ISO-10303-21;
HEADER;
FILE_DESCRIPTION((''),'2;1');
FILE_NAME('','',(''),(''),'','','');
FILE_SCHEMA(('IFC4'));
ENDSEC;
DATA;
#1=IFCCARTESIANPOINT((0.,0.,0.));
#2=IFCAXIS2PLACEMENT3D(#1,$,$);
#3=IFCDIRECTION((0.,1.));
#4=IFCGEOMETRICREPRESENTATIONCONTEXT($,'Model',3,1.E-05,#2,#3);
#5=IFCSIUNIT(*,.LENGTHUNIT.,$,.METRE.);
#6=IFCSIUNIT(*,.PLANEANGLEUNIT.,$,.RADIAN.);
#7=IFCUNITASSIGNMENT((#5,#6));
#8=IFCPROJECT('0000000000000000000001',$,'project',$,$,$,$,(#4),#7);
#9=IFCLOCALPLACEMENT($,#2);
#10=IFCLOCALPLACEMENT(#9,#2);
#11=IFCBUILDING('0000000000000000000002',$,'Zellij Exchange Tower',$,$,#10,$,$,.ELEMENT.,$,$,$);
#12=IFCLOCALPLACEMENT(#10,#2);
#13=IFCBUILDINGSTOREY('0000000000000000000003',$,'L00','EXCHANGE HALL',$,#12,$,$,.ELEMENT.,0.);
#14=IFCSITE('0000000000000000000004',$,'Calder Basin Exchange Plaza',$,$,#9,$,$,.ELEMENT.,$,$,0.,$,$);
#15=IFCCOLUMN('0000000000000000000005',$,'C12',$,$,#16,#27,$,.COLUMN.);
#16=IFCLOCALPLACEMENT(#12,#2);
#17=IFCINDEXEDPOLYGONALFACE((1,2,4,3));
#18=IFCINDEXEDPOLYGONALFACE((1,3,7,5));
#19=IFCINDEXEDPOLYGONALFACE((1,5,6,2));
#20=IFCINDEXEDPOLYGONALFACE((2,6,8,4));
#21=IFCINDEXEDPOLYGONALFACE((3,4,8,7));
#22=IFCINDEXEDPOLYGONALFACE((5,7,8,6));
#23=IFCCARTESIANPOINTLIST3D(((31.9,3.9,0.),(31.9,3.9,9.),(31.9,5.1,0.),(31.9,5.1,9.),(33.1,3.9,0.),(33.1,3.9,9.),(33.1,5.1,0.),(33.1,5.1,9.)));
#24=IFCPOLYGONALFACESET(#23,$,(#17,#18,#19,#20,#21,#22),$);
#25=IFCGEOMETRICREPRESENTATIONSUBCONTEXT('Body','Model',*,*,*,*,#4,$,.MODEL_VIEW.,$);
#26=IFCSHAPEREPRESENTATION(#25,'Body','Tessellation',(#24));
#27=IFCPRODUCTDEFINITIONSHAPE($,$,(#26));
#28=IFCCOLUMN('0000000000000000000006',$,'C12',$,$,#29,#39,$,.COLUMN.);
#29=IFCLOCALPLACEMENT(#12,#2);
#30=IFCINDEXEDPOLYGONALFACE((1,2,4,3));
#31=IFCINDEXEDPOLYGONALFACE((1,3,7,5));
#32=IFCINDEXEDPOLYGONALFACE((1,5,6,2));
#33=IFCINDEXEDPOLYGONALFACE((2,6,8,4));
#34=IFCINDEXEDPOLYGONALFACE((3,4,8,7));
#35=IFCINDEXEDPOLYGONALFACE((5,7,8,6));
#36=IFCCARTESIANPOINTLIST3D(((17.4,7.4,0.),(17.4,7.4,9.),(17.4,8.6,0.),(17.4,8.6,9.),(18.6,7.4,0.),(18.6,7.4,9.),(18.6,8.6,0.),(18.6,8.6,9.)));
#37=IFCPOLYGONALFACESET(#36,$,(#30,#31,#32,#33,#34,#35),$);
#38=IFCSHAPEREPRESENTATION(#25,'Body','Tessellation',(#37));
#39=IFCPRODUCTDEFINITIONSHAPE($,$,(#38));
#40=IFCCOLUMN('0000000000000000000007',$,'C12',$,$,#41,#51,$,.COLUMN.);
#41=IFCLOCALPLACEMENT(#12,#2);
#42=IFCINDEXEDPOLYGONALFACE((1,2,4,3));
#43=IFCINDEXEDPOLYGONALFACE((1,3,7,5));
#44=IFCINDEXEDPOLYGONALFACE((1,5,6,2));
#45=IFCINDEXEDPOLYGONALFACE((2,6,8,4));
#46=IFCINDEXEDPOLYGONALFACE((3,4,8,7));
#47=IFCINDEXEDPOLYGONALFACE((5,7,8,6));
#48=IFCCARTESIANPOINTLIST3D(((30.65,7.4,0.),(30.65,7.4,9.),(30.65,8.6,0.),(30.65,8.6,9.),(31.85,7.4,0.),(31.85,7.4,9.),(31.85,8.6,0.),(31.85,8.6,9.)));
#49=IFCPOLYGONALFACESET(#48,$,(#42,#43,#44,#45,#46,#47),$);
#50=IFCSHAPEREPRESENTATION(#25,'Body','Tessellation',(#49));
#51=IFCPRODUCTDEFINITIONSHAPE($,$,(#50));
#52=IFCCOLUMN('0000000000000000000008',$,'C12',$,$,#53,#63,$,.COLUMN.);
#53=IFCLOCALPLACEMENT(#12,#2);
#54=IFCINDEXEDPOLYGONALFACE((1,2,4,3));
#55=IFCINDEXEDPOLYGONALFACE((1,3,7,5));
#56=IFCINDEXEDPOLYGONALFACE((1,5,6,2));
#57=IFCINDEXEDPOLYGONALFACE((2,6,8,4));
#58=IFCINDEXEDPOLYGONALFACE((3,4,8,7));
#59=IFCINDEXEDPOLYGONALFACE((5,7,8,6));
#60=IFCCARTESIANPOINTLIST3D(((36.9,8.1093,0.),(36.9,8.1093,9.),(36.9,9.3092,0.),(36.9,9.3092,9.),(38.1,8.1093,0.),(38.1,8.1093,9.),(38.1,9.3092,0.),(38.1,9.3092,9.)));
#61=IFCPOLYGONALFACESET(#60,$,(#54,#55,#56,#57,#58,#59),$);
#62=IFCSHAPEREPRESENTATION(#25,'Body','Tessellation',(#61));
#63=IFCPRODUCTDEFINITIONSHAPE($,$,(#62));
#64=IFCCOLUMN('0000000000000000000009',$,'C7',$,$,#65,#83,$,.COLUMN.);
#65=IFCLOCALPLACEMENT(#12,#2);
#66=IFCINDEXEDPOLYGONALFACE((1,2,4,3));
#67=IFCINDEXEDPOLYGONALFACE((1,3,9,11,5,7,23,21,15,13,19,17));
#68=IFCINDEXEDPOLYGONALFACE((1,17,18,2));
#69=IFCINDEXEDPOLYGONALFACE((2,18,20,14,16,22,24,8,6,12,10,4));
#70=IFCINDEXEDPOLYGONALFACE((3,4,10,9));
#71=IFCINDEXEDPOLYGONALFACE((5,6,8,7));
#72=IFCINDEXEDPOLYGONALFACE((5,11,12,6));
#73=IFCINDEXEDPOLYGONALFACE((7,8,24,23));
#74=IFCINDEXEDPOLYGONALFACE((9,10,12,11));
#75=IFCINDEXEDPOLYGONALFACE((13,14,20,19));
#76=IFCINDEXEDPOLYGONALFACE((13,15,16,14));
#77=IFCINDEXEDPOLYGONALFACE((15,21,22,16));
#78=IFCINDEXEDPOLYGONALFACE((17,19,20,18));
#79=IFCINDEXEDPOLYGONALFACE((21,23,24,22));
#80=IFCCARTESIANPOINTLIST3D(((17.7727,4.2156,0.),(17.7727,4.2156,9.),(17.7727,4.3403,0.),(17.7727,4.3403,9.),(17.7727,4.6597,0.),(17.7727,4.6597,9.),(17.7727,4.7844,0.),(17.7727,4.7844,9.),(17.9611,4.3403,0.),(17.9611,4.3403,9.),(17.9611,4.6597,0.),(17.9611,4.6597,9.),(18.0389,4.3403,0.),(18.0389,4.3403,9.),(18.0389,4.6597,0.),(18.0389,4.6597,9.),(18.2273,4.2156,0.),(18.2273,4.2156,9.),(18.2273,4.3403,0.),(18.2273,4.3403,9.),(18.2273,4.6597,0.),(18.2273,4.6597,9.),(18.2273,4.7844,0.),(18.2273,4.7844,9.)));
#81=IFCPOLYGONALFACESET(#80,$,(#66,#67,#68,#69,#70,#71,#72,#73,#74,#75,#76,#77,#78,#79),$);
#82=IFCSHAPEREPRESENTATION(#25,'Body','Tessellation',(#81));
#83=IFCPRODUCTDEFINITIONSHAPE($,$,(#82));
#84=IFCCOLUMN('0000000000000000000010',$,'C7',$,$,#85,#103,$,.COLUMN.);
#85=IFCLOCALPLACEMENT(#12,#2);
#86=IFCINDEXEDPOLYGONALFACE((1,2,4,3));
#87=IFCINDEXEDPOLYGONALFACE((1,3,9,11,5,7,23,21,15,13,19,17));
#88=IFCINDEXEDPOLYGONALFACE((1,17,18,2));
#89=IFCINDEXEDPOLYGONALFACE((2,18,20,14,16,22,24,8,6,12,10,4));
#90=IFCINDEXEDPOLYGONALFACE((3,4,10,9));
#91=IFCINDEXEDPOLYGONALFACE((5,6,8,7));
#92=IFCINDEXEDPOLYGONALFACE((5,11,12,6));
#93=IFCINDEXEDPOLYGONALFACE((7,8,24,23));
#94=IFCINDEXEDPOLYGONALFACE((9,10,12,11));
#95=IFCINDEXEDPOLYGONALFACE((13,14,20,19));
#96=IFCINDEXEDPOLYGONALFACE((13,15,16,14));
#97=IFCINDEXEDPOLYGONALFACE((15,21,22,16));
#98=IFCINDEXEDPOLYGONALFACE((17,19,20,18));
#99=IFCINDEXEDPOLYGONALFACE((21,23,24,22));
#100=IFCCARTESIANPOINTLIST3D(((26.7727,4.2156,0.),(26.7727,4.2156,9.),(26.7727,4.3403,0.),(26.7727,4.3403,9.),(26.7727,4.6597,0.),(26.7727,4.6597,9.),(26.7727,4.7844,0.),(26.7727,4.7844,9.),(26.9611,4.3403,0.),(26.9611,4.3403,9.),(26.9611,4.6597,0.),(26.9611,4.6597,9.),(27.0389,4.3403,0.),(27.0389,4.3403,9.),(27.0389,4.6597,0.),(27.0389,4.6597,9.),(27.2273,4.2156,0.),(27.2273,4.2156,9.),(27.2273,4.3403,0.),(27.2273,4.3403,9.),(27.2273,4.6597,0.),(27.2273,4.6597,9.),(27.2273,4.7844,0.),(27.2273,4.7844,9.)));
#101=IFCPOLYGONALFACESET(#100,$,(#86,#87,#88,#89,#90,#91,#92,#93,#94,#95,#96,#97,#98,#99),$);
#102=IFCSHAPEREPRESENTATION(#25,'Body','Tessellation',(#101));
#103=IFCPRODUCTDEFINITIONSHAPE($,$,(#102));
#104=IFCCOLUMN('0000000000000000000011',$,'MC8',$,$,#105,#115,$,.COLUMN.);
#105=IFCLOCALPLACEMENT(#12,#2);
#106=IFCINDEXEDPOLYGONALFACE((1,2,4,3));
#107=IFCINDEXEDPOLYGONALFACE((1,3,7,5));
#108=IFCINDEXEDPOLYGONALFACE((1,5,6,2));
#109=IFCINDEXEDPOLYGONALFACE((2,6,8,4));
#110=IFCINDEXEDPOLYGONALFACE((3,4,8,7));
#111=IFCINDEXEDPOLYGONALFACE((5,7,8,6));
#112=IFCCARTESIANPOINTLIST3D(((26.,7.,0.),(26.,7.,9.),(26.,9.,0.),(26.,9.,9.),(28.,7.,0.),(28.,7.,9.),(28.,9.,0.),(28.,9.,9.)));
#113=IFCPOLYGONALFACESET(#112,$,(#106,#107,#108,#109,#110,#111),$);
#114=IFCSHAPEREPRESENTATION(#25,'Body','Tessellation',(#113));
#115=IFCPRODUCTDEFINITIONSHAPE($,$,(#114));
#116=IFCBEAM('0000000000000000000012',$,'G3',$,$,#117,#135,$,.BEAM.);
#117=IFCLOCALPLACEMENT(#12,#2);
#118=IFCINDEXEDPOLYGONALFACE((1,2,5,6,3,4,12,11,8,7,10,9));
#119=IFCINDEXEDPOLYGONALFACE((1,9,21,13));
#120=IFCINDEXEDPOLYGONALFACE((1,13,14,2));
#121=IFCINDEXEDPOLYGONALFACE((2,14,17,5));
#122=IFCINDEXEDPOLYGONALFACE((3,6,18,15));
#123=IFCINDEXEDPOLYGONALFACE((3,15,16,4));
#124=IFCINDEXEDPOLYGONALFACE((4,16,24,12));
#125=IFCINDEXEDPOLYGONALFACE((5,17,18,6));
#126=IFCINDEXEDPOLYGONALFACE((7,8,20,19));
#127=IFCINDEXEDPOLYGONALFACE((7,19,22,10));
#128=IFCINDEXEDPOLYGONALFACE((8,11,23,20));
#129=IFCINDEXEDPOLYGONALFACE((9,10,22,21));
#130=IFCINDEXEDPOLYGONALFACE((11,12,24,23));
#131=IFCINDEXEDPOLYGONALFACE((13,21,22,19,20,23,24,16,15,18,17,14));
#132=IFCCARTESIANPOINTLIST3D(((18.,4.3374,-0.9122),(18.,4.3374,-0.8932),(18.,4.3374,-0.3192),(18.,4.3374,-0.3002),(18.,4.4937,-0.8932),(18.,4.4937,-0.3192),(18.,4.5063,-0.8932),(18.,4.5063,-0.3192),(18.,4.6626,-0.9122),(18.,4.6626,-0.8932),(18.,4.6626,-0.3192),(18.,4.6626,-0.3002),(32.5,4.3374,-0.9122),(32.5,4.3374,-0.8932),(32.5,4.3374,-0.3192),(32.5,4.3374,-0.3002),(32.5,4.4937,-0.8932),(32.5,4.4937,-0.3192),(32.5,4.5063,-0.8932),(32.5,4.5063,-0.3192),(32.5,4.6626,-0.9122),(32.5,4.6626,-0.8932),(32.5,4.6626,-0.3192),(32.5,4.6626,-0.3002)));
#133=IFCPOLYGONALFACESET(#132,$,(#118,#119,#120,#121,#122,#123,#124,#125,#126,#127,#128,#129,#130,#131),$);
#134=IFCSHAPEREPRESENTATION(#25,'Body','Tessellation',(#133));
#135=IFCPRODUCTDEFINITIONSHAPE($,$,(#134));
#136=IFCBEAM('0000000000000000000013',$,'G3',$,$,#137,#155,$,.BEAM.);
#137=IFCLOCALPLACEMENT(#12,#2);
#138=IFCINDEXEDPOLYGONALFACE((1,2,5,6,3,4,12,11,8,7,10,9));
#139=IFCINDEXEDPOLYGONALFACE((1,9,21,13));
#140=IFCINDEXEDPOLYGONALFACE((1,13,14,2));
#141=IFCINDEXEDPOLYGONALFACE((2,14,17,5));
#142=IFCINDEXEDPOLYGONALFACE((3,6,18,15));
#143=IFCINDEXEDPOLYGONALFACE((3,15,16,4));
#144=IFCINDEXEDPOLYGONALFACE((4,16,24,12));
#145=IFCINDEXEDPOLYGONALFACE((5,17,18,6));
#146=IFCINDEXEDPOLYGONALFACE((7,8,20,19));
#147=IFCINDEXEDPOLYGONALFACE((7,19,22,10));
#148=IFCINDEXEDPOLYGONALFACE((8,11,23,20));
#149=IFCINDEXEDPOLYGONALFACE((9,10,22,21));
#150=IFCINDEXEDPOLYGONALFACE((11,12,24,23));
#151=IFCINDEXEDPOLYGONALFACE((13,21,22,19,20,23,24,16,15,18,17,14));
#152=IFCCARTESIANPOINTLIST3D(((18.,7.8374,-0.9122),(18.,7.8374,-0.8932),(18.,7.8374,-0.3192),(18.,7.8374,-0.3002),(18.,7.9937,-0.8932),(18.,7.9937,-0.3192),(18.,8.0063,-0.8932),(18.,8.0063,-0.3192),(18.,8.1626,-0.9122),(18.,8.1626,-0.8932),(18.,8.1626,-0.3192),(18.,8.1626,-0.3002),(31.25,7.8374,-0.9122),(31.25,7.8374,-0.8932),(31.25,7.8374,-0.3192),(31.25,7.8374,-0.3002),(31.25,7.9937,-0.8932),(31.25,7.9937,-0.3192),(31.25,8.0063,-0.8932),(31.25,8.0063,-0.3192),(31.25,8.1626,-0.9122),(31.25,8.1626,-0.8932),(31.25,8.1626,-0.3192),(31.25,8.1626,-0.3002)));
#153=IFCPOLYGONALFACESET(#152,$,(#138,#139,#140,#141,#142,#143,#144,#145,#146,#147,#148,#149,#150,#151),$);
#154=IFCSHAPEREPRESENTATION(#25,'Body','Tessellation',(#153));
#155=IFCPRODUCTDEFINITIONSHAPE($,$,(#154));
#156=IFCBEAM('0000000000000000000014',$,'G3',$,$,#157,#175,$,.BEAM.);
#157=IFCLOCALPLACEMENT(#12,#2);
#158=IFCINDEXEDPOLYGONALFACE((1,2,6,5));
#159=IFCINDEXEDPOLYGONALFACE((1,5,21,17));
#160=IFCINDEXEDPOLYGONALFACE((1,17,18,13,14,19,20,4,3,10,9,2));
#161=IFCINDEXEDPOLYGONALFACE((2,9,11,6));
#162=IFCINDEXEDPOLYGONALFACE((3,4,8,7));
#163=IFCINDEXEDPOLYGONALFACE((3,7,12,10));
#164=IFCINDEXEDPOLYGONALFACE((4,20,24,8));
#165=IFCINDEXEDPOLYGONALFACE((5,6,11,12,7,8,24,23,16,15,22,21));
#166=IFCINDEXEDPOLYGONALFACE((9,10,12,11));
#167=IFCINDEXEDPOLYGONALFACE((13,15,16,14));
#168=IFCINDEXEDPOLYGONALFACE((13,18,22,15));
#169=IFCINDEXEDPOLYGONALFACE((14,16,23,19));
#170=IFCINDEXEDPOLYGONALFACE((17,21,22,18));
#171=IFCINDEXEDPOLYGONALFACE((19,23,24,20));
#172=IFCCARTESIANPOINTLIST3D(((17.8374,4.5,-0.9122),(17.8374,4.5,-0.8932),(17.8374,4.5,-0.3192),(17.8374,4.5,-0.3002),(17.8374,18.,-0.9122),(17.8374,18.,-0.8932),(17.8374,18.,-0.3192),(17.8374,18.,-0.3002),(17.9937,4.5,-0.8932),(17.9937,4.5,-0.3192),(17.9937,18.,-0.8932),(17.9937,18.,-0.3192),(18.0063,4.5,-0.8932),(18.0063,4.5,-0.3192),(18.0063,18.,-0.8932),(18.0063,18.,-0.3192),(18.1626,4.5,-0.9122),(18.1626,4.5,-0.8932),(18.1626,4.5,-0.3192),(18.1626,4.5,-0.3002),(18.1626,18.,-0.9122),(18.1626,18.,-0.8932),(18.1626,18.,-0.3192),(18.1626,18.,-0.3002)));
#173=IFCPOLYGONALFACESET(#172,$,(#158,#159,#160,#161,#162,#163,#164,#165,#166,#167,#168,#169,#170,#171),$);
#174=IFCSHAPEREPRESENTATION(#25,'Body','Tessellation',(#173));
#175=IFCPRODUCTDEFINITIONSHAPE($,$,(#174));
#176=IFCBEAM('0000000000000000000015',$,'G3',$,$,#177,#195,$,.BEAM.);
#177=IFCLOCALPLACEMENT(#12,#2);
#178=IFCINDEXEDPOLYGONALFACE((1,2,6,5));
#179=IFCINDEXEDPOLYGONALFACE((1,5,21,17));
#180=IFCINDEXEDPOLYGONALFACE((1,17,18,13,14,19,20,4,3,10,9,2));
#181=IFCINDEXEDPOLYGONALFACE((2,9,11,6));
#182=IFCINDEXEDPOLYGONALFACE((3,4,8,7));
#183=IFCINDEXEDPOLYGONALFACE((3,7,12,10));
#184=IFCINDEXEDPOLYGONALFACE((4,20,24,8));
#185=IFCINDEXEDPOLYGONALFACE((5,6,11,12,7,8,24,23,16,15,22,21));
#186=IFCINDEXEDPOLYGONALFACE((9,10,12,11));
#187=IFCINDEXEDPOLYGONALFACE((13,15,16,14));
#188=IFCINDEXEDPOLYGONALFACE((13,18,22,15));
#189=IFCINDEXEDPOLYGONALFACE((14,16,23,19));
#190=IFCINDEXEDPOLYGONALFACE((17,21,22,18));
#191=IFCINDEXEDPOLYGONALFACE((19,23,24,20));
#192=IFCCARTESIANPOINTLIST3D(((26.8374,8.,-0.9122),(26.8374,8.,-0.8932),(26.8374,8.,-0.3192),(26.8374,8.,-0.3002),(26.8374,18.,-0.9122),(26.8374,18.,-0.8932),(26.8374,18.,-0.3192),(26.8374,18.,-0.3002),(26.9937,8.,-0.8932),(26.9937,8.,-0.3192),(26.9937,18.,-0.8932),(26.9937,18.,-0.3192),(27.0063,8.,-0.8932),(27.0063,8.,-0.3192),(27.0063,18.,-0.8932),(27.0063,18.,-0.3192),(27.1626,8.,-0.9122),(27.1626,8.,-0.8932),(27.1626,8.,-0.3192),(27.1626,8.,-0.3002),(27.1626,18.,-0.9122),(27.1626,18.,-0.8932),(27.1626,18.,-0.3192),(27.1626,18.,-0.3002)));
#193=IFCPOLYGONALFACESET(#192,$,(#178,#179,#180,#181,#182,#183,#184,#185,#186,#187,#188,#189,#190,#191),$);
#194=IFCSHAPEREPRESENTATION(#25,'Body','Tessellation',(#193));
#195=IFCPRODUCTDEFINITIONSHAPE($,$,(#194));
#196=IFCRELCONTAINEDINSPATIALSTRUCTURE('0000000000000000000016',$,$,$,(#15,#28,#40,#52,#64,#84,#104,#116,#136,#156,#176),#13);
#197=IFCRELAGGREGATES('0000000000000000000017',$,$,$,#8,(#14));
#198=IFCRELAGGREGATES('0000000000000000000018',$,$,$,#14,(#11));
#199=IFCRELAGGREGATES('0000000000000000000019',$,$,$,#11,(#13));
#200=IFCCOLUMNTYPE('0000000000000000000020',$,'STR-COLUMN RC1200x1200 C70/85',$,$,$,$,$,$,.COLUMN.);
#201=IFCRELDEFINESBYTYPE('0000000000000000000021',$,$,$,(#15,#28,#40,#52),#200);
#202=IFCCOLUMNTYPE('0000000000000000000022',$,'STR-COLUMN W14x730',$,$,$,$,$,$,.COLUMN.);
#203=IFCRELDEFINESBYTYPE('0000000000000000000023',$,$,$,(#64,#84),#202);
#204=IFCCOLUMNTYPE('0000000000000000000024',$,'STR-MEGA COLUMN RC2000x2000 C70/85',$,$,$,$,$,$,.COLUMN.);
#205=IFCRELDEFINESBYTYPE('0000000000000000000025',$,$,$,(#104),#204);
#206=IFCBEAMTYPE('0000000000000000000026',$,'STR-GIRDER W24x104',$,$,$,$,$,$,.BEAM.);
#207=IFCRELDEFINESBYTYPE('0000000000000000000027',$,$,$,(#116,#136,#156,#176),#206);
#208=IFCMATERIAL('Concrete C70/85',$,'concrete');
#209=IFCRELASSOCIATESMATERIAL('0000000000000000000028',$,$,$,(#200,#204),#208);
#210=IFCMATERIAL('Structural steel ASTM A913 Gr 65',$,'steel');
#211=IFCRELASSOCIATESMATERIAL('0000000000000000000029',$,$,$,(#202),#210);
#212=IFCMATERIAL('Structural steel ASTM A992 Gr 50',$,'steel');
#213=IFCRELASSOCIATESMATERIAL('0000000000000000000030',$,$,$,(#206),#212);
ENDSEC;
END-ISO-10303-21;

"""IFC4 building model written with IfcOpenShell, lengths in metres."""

from ifc_helpers import new_model, si_unit, direction, frame, origin, origin_2d, place, context, subcontext, project, spatial, rectangle, i_section, extrude, material, material_profile, profile_set, type_object, element, save


model = new_model("IFC4")

# Units and contexts
model_context = context("Model", 3, precision=1e-05, world=origin(), true_north=direction((0.0, 1.0)))
body_context = subcontext(model_context, "Body", "Model", "MODEL_VIEW")
ifc_project = project(units=[si_unit("LENGTHUNIT", "METRE"), si_unit("PLANEANGLEUNIT", "RADIAN")], contexts=[model_context])

# Site, building, storey
site_placement = place(None, origin())
site = spatial("IfcSite", under=ifc_project, at=site_placement, Name="Calder Basin Exchange Plaza", CompositionType="ELEMENT", RefElevation=0.0)
building_placement = place(site_placement, origin())
building = spatial("IfcBuilding", under=site, at=building_placement, Name="Zellij Exchange Tower", CompositionType="ELEMENT")
storey_placement = place(building_placement, origin())
storey = spatial("IfcBuildingStorey", under=building, at=storey_placement, Name="L00", Description="EXCHANGE HALL", CompositionType="ELEMENT", Elevation=0.0)

# Columns
ifc_material_1 = material(Name="Concrete C70/85", Category="concrete")
ifc_material_profile_1 = material_profile(ifc_material_1, rectangle(XDim=1.2, YDim=1.2, at=origin_2d()), Name="STR-COLUMN RC1200x1200 C70/85")
ifc_profile_set_1 = profile_set([ifc_material_profile_1], Name="Concrete C70/85")
column_type_1 = type_object("IfcColumnType", Name="STR-COLUMN RC1200x1200 C70/85", PredefinedType="COLUMN", material=ifc_profile_set_1)
for number, where, z_axis, x_axis, name in (
    (1, (32.5, 4.5, 0.0), (0.0, 0.0, 1.0), (1.0, 0.0, 0.0), "C12"),
    (2, (18.0, 8.0, 0.0), (0.0, 0.0, 1.0), (1.0, 0.0, 0.0), "C12"),
    (3, (31.25, 8.0, 0.0), (0.0, 0.0, 1.0), (1.0, 0.0, 0.0), "C12"),
    (4, (37.5, 8.7092, 0.0), (0.0, 0.0, 1.0), (1.0, 0.0, 0.0), "C12"),
):
    element("IfcColumn", number, at=place(storey_placement, frame(where, z_axis=z_axis, x_axis=x_axis)), inside=storey, type_object=column_type_1, Name=name, PredefinedType="COLUMN", context=body_context, shape_type="SweptSolid", body=[
        extrude(rectangle(XDim=1.2, YDim=1.2, at=origin_2d()), origin(), (0.0, 0.0, 1.0), 9.0),
    ])
ifc_material_2 = material(Name="Structural steel ASTM A913 Gr 65", Category="steel")
ifc_material_profile_2 = material_profile(ifc_material_2, i_section(OverallWidth=0.4546, OverallDepth=0.5688, WebThickness=0.0779, FlangeThickness=0.1248, at=origin_2d()), Name="W14x730")
ifc_profile_set_2 = profile_set([ifc_material_profile_2], Name="Structural steel ASTM A913 Gr 65")
column_type_2 = type_object("IfcColumnType", Name="STR-COLUMN W14x730", PredefinedType="COLUMN", material=ifc_profile_set_2)
for number, where, z_axis, x_axis, name in (
    (5, (18.0, 4.5, 0.0), (0.0, 0.0, 1.0), (1.0, 0.0, 0.0), "C7"),
    (6, (27.0, 4.5, 0.0), (0.0, 0.0, 1.0), (1.0, 0.0, 0.0), "C7"),
):
    element("IfcColumn", number, at=place(storey_placement, frame(where, z_axis=z_axis, x_axis=x_axis)), inside=storey, type_object=column_type_2, Name=name, PredefinedType="COLUMN", context=body_context, shape_type="SweptSolid", body=[
        extrude(i_section(OverallWidth=0.4546, OverallDepth=0.5688, WebThickness=0.0779, FlangeThickness=0.1248, at=origin_2d()), origin(), (0.0, 0.0, 1.0), 9.0),
    ])
ifc_material_profile_3 = material_profile(ifc_material_1, rectangle(XDim=2.0, YDim=2.0, at=origin_2d()), Name="STR-MEGA COLUMN RC2000x2000 C70/85")
ifc_profile_set_3 = profile_set([ifc_material_profile_3], Name="Concrete C70/85")
column_type_3 = type_object("IfcColumnType", Name="STR-MEGA COLUMN RC2000x2000 C70/85", PredefinedType="COLUMN", material=ifc_profile_set_3)
column_placement = place(storey_placement, frame((27.0, 8.0, 0.0), z_axis=(0.0, 0.0, 1.0), x_axis=(1.0, 0.0, 0.0)))
element("IfcColumn", 7, at=column_placement, inside=storey, type_object=column_type_3, Name="MC8", PredefinedType="COLUMN", context=body_context, shape_type="SweptSolid", body=[
    extrude(rectangle(XDim=2.0, YDim=2.0, at=origin_2d()), origin(), (0.0, 0.0, 1.0), 9.0),
])

# Beams
ifc_material_3 = material(Name="Structural steel ASTM A992 Gr 50", Category="steel")
ifc_material_profile_4 = material_profile(ifc_material_3, i_section(OverallWidth=0.3252, OverallDepth=0.6121, WebThickness=0.0127, FlangeThickness=0.019, at=origin_2d()), Name="W24x104")
ifc_profile_set_4 = profile_set([ifc_material_profile_4], Name="Structural steel ASTM A992 Gr 50")
beam_type = type_object("IfcBeamType", Name="STR-GIRDER W24x104", PredefinedType="BEAM", material=ifc_profile_set_4)
beam_1_placement = place(storey_placement, frame((18.0, 4.5, -0.6062), z_axis=(1.0, 0.0, 0.0), x_axis=(0.0, 1.0, 0.0)))
element("IfcBeam", 8, at=beam_1_placement, inside=storey, type_object=beam_type, Name="G3", PredefinedType="BEAM", context=body_context, shape_type="SweptSolid", body=[
    extrude(i_section(OverallWidth=0.3252, OverallDepth=0.6121, WebThickness=0.0127, FlangeThickness=0.019, at=origin_2d()), origin(), (0.0, 0.0, 1.0), 14.5),
])
beam_2_placement = place(storey_placement, frame((18.0, 8.0, -0.6062), z_axis=(1.0, 0.0, 0.0), x_axis=(0.0, 1.0, 0.0)))
element("IfcBeam", 9, at=beam_2_placement, inside=storey, type_object=beam_type, Name="G3", PredefinedType="BEAM", context=body_context, shape_type="SweptSolid", body=[
    extrude(i_section(OverallWidth=0.3252, OverallDepth=0.6121, WebThickness=0.0127, FlangeThickness=0.019, at=origin_2d()), origin(), (0.0, 0.0, 1.0), 13.25),
])
beam_3_placement = place(storey_placement, frame((18.0, 4.5, -0.6062), z_axis=(0.0, 1.0, 0.0), x_axis=(-1.0, 0.0, 0.0)))
element("IfcBeam", 10, at=beam_3_placement, inside=storey, type_object=beam_type, Name="G3", PredefinedType="BEAM", context=body_context, shape_type="SweptSolid", body=[
    extrude(i_section(OverallWidth=0.3252, OverallDepth=0.6121, WebThickness=0.0127, FlangeThickness=0.019, at=origin_2d()), origin(), (0.0, 0.0, 1.0), 13.5),
])
beam_4_placement = place(storey_placement, frame((27.0, 8.0, -0.6062), z_axis=(0.0, 1.0, 0.0), x_axis=(-1.0, 0.0, 0.0)))
element("IfcBeam", 11, at=beam_4_placement, inside=storey, type_object=beam_type, Name="G3", PredefinedType="BEAM", context=body_context, shape_type="SweptSolid", body=[
    extrude(i_section(OverallWidth=0.3252, OverallDepth=0.6121, WebThickness=0.0127, FlangeThickness=0.019, at=origin_2d()), origin(), (0.0, 0.0, 1.0), 10.0),
])

save(model, "model.ifc")
